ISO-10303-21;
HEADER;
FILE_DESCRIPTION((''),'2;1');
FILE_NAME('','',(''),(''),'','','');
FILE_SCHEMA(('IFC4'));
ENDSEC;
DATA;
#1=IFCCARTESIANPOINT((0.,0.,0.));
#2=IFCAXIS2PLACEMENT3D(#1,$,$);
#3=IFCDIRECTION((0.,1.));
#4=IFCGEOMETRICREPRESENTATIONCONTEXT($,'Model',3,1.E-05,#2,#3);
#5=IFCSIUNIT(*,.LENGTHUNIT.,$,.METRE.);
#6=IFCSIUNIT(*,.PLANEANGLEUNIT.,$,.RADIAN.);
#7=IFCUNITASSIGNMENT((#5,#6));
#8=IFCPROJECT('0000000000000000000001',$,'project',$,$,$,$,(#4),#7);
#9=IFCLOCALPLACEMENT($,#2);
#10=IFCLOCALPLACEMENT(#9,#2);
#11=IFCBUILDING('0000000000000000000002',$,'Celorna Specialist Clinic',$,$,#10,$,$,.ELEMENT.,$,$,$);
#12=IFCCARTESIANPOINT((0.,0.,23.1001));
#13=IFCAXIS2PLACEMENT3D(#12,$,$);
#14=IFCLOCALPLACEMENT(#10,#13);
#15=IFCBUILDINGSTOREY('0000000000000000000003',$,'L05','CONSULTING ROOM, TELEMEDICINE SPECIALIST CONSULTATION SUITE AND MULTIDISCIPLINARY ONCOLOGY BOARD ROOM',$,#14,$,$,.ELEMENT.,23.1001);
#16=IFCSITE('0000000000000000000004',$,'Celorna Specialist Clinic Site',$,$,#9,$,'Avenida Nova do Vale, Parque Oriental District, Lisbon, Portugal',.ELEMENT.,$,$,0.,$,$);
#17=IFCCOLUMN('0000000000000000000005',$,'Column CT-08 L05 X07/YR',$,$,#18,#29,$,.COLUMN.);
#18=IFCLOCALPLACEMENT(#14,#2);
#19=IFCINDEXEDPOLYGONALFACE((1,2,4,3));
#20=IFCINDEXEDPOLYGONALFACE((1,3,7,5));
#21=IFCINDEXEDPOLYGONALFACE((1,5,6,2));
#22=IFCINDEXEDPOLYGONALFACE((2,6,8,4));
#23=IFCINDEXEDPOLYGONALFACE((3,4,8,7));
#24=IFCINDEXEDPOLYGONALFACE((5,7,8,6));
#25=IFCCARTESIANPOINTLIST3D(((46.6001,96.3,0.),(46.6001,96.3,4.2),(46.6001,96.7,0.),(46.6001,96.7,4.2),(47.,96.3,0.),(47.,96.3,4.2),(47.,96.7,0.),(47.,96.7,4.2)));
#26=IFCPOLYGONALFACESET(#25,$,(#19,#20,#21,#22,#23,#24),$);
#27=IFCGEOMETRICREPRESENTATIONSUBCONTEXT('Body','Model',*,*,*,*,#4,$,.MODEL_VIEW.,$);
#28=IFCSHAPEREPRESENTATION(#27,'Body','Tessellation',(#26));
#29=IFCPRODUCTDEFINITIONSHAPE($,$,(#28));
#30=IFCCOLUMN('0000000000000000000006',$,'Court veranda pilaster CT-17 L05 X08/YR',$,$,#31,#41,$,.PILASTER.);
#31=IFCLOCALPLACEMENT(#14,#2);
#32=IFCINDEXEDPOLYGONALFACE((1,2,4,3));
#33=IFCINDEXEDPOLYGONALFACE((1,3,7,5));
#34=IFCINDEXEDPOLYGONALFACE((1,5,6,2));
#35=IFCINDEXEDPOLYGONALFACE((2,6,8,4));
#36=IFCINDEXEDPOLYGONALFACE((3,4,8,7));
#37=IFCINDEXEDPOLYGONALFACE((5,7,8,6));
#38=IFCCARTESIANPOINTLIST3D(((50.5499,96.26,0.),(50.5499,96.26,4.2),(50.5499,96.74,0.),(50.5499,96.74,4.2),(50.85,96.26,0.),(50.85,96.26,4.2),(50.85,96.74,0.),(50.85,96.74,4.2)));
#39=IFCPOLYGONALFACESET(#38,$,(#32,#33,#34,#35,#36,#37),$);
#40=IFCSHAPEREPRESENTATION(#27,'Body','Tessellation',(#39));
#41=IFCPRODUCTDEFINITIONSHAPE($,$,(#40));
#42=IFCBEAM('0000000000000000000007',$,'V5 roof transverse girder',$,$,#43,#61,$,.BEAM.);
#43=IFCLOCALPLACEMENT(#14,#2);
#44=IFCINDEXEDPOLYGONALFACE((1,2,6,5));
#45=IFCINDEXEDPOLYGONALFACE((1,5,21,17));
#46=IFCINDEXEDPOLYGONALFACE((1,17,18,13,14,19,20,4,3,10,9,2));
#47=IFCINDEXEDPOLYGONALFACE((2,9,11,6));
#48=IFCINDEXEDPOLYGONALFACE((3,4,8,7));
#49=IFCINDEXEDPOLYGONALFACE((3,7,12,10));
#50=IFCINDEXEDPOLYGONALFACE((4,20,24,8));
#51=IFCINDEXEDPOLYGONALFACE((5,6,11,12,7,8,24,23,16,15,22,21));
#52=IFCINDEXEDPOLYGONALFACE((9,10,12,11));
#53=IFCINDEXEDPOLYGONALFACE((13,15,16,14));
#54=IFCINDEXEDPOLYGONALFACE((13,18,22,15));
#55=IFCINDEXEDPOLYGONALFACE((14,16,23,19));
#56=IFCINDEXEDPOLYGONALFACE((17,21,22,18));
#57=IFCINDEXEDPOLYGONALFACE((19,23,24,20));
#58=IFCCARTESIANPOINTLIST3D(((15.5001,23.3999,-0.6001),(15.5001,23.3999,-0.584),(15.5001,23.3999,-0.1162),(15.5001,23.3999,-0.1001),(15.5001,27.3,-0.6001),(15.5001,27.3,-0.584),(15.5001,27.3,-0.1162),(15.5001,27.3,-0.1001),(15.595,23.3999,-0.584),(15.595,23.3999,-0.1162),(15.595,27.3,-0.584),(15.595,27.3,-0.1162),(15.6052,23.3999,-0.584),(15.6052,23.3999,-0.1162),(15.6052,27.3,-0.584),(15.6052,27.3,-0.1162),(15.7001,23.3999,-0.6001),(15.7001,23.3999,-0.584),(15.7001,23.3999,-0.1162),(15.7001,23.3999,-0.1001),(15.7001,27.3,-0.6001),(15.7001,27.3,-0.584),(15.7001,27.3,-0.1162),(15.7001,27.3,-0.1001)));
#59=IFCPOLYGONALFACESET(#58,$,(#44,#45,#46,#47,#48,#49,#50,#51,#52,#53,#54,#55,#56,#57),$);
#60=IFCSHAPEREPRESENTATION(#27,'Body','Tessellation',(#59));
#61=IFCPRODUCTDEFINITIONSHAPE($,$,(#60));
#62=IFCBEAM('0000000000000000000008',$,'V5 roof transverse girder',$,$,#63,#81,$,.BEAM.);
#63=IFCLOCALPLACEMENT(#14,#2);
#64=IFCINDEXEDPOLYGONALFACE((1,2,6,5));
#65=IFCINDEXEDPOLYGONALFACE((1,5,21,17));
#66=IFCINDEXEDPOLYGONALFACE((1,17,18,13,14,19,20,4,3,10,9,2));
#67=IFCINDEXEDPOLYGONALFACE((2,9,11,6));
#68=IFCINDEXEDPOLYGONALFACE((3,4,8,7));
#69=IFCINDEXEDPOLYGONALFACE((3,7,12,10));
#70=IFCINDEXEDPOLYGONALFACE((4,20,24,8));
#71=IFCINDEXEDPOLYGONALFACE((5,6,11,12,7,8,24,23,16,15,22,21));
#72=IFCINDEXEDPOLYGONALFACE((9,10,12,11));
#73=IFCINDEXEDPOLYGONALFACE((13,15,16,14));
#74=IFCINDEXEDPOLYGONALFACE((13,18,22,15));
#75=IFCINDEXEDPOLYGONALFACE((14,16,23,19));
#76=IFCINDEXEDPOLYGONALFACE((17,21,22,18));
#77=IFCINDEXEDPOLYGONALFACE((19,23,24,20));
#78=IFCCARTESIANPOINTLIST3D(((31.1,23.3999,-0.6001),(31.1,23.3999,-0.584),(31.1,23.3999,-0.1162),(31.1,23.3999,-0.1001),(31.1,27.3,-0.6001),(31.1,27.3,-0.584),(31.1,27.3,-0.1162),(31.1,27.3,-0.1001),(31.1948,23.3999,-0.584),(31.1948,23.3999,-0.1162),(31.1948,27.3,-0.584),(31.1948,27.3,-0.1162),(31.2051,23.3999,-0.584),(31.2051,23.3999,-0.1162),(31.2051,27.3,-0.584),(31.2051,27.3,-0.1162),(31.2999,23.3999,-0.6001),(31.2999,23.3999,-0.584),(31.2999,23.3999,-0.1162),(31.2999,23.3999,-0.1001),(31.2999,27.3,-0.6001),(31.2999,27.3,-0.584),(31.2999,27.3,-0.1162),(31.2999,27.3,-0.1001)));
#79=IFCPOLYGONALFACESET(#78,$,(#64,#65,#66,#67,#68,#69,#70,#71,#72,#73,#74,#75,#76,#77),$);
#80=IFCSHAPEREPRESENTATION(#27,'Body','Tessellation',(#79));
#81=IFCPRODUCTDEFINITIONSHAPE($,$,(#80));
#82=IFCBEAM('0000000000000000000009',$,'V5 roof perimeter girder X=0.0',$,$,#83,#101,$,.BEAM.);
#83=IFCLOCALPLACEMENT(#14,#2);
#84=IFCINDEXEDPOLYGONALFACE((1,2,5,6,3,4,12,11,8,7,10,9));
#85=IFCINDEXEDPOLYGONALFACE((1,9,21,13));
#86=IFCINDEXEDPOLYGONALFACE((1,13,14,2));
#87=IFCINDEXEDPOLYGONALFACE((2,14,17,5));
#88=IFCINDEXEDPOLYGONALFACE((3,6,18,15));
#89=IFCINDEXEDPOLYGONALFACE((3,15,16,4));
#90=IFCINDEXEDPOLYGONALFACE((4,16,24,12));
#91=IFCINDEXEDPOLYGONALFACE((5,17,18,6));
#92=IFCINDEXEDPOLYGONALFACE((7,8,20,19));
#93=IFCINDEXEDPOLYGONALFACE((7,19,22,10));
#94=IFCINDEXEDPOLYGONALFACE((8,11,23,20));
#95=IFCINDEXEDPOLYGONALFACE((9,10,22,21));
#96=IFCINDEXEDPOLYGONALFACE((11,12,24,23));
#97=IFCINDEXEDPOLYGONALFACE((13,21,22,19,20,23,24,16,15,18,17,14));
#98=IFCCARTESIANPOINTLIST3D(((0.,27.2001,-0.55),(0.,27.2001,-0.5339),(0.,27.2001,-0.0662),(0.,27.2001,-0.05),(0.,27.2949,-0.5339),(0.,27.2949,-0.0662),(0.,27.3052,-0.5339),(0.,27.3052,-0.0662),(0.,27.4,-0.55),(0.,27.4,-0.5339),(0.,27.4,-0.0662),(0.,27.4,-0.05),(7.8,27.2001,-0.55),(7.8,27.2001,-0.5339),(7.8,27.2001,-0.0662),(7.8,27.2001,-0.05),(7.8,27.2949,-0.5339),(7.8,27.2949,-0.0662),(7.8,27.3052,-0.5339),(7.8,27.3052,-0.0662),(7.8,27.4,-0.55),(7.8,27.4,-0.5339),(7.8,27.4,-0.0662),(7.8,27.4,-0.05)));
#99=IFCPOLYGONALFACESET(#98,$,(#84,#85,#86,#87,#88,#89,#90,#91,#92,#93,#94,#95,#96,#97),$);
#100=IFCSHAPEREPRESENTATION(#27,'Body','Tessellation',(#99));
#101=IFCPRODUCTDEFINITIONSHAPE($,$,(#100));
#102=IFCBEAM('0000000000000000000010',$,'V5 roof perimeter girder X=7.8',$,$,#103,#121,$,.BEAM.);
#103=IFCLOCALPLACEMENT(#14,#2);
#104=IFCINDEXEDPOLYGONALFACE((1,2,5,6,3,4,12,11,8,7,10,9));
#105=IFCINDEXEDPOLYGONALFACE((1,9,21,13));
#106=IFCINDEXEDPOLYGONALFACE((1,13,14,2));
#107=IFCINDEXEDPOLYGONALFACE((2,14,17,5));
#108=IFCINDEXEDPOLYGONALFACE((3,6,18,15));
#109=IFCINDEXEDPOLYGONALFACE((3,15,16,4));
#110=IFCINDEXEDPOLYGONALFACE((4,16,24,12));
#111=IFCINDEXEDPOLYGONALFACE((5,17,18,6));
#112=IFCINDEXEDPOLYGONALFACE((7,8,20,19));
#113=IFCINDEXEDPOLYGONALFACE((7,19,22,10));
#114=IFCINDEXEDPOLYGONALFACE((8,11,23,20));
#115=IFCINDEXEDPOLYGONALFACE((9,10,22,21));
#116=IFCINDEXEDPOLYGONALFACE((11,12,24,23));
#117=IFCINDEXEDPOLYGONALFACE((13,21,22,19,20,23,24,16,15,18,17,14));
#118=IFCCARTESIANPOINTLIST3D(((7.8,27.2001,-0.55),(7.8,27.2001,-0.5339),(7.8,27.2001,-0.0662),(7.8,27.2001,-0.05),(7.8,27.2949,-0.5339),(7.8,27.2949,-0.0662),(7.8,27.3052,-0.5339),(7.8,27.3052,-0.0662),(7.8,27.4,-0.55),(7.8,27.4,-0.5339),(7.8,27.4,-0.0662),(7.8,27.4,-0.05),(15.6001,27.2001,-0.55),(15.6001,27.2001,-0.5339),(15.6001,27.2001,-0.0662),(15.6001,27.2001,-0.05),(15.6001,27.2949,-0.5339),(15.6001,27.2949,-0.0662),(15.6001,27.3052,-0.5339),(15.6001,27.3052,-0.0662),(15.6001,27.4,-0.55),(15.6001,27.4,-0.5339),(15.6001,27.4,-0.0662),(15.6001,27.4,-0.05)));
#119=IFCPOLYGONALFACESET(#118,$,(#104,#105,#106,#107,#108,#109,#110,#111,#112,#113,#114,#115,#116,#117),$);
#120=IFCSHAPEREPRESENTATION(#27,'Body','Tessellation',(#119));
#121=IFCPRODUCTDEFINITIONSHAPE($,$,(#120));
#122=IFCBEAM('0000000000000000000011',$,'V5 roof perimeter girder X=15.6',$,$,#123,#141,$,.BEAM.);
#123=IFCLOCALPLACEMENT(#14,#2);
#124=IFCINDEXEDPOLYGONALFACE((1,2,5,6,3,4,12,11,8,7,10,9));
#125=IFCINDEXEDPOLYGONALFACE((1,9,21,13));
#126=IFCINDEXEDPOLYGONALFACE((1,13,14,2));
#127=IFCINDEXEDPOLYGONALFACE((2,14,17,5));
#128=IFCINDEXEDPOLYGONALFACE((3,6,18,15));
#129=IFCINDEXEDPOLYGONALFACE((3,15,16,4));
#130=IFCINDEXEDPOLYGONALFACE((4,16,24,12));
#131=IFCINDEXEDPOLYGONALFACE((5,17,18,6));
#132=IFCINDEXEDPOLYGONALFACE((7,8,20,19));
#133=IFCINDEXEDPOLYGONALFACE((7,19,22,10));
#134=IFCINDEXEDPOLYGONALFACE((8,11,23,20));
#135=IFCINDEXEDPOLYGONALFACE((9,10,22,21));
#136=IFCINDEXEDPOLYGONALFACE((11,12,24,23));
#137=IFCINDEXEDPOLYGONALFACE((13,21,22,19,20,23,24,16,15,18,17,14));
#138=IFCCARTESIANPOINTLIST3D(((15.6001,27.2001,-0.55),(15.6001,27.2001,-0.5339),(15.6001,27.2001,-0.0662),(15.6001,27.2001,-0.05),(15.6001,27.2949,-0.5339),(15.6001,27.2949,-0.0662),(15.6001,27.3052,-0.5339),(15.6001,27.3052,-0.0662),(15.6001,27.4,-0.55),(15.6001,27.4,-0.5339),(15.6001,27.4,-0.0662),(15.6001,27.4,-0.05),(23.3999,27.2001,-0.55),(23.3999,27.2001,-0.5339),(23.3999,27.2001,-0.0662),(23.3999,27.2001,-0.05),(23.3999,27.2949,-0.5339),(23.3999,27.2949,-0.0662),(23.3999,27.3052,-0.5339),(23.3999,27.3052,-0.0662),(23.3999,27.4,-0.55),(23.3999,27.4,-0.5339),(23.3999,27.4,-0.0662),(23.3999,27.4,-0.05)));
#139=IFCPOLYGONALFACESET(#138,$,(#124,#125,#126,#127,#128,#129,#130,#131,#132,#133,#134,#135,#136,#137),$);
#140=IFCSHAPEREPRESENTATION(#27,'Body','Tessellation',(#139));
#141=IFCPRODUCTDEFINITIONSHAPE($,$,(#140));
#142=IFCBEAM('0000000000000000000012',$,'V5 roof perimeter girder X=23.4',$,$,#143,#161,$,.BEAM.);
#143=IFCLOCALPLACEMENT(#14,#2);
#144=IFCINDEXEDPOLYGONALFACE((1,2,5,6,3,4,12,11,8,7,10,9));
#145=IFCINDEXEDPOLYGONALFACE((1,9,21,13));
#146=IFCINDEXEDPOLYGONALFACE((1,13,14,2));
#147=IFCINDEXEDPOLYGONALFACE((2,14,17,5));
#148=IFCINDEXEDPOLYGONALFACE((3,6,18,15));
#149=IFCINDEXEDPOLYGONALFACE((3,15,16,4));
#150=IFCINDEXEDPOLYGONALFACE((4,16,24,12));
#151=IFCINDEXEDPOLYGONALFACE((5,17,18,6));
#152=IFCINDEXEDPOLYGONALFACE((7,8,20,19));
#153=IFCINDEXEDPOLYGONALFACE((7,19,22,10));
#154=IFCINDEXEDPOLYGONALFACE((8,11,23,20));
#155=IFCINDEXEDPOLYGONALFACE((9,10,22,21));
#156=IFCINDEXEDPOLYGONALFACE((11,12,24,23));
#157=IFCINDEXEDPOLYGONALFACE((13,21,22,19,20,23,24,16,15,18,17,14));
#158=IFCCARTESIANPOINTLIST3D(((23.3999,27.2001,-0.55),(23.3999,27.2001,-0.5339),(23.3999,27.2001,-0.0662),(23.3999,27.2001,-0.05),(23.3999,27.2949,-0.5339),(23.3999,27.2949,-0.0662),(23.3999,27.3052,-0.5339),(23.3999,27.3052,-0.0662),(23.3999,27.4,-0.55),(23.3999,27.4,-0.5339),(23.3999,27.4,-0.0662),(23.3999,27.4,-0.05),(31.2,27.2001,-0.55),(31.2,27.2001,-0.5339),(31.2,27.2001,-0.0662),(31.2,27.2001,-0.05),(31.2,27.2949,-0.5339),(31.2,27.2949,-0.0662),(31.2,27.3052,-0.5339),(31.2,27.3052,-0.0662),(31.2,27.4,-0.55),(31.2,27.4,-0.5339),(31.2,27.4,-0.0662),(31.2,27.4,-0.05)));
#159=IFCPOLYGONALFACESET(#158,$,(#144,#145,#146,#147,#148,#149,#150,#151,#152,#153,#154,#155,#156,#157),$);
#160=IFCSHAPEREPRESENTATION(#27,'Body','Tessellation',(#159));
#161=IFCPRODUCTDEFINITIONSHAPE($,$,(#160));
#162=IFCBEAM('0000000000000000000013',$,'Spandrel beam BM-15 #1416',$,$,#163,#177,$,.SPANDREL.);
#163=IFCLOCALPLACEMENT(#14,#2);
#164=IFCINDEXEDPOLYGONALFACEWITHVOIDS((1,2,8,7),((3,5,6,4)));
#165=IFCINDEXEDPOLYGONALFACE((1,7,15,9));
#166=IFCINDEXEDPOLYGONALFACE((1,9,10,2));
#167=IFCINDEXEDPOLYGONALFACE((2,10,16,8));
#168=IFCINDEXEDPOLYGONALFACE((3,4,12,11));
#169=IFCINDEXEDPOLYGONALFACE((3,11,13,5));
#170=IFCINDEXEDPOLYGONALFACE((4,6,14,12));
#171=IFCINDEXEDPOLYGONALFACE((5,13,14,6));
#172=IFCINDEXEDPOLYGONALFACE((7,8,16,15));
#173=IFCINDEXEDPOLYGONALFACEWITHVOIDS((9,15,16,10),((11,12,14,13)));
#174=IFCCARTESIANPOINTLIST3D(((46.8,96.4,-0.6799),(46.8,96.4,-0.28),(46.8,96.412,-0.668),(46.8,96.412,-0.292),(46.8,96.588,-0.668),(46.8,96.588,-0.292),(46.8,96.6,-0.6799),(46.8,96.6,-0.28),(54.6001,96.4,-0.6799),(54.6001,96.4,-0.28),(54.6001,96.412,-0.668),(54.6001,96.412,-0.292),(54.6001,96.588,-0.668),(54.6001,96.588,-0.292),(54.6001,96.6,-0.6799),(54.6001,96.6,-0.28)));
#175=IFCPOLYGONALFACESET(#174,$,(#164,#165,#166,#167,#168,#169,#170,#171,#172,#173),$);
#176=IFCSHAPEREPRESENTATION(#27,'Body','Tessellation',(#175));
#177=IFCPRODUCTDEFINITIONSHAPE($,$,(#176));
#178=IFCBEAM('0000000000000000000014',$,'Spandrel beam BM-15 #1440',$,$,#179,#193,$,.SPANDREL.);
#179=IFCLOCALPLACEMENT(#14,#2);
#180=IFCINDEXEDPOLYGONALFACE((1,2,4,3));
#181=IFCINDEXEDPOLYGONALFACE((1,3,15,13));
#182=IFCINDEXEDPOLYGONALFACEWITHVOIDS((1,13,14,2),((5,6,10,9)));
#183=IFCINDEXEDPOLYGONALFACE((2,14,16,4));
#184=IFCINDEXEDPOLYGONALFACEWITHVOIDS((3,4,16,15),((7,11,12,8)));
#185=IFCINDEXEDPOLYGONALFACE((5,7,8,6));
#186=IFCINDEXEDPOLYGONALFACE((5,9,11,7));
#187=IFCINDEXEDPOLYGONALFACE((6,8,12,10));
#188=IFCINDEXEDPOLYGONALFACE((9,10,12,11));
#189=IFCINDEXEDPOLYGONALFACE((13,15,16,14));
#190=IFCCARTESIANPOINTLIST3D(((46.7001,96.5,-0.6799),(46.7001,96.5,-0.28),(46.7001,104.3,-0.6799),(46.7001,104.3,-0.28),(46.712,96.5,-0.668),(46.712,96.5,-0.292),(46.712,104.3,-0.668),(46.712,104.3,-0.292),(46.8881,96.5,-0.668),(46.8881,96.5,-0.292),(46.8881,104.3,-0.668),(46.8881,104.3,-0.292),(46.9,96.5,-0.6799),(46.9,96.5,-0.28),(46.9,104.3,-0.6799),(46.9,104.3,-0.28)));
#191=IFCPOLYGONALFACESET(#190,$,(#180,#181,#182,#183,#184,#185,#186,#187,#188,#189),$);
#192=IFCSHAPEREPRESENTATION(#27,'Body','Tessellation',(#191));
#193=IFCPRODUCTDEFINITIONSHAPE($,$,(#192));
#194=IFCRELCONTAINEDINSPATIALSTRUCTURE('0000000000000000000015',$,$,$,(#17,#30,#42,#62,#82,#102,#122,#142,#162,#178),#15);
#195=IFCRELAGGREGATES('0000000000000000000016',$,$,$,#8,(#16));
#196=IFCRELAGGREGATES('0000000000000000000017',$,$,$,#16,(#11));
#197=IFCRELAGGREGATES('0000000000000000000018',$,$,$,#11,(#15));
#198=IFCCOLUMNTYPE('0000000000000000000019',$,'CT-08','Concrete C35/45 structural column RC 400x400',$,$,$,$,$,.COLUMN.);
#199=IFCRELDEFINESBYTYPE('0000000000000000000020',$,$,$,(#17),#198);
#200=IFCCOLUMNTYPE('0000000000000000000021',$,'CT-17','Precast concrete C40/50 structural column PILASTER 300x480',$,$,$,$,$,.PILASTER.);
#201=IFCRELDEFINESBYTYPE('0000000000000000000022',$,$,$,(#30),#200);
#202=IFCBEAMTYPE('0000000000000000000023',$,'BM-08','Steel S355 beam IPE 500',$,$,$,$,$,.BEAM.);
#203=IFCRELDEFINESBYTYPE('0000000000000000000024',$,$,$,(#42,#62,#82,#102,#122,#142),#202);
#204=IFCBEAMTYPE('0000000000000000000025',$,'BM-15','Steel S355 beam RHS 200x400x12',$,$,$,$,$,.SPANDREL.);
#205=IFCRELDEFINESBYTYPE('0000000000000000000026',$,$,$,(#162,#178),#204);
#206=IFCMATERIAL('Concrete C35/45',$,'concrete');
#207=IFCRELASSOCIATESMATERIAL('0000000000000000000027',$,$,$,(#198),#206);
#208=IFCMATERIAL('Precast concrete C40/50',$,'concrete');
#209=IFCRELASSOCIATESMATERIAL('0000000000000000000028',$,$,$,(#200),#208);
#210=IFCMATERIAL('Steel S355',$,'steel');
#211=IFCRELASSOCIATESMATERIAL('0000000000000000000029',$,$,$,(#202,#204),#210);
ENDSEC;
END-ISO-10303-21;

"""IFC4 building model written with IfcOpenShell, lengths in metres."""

from ifc_helpers import new_model, si_unit, direction, frame, origin, origin_2d, place, context, subcontext, project, spatial, rectangle, hollow_rectangle, i_section, extrude, material, material_profile, profile_set, type_object, element, save


model = new_model("IFC4")

# Units and contexts
model_context = context("Model", 3, precision=1e-05, world=origin(), true_north=direction((0.0, 1.0)))
body_context = subcontext(model_context, "Body", "Model", "MODEL_VIEW")
ifc_project = project(units=[si_unit("LENGTHUNIT", "METRE"), si_unit("PLANEANGLEUNIT", "RADIAN")], contexts=[model_context])

# Site, building, storey
site_placement = place(None, origin())
site = spatial("IfcSite", under=ifc_project, at=site_placement, Name="Celorna Specialist Clinic Site", LongName="Avenida Nova do Vale, Parque Oriental District, Lisbon, Portugal", CompositionType="ELEMENT", RefElevation=0.0)
building_placement = place(site_placement, origin())
building = spatial("IfcBuilding", under=site, at=building_placement, Name="Celorna Specialist Clinic", CompositionType="ELEMENT")
storey_placement = place(building_placement, frame((0.0, 0.0, 23.1001)))
storey = spatial("IfcBuildingStorey", under=building, at=storey_placement, Name="L05", Description="CONSULTING ROOM, TELEMEDICINE SPECIALIST CONSULTATION SUITE AND MULTIDISCIPLINARY ONCOLOGY BOARD ROOM", CompositionType="ELEMENT", Elevation=23.1001)

# Columns
ifc_material_1 = material(Name="Concrete C35/45", Category="concrete")
ifc_material_profile_1 = material_profile(ifc_material_1, rectangle(XDim=0.3999, YDim=0.3999, at=origin_2d()), Name="RC 400x400")
ifc_profile_set_1 = profile_set([ifc_material_profile_1], Name="Concrete C35/45")
column_type_1 = type_object("IfcColumnType", Name="CT-08", Description="Concrete C35/45 structural column RC 400x400", PredefinedType="COLUMN", material=ifc_profile_set_1)
column_1_placement = place(storey_placement, frame((46.8, 96.5, 0.0), z_axis=(0.0, 0.0, 1.0), x_axis=(1.0, 0.0, 0.0)))
element("IfcColumn", 1, at=column_1_placement, inside=storey, type_object=column_type_1, Name="Column CT-08 L05 X07/YR", PredefinedType="COLUMN", context=body_context, shape_type="SweptSolid", body=[
    extrude(rectangle(XDim=0.3999, YDim=0.3999, at=origin_2d()), origin(), (0.0, 0.0, 1.0), 4.2),
])
ifc_material_2 = material(Name="Precast concrete C40/50", Category="concrete")
ifc_material_profile_2 = material_profile(ifc_material_2, rectangle(XDim=0.3, YDim=0.48, at=origin_2d()), Name="PILASTER 300x480")
ifc_profile_set_2 = profile_set([ifc_material_profile_2], Name="Precast concrete C40/50")
column_type_2 = type_object("IfcColumnType", Name="CT-17", Description="Precast concrete C40/50 structural column PILASTER 300x480", PredefinedType="PILASTER", material=ifc_profile_set_2)
column_2_placement = place(storey_placement, frame((50.7, 96.5, 0.0), z_axis=(0.0, 0.0, 1.0), x_axis=(1.0, 0.0, 0.0)))
element("IfcColumn", 2, at=column_2_placement, inside=storey, type_object=column_type_2, Name="Court veranda pilaster CT-17 L05 X08/YR", PredefinedType="PILASTER", context=body_context, shape_type="SweptSolid", body=[
    extrude(rectangle(XDim=0.3, YDim=0.48, at=origin_2d()), origin(), (0.0, 0.0, 1.0), 4.2),
])

# Beams
ifc_material_3 = material(Name="Steel S355", Category="steel")
ifc_material_profile_3 = material_profile(ifc_material_3, i_section(OverallWidth=0.2, OverallDepth=0.5, WebThickness=0.0103, FlangeThickness=0.0161, at=origin_2d()), Name="IPE 500")
ifc_profile_set_3 = profile_set([ifc_material_profile_3], Name="Steel S355")
beam_type_1 = type_object("IfcBeamType", Name="BM-08", Description="Steel S355 beam IPE 500", PredefinedType="BEAM", material=ifc_profile_set_3)
for number, where, z_axis, x_axis, name in (
    (3, (15.6001, 23.3999, -0.3501), (0.0, 1.0, 0.0), (-1.0, 0.0, 0.0), "V5 roof transverse girder"),
    (4, (31.2, 23.3999, -0.3501), (0.0, 1.0, 0.0), (-1.0, 0.0, 0.0), "V5 roof transverse girder"),
):
    element("IfcBeam", number, at=place(storey_placement, frame(where, z_axis=z_axis, x_axis=x_axis)), inside=storey, type_object=beam_type_1, Name=name, PredefinedType="BEAM", context=body_context, shape_type="SweptSolid", body=[
        extrude(i_section(OverallWidth=0.2, OverallDepth=0.5, WebThickness=0.0103, FlangeThickness=0.0161, at=origin_2d()), origin(), (0.0, 0.0, 1.0), 3.9001),
    ])
for number, where, z_axis, x_axis, name in (
    (5, (0.0, 27.3, -0.3), (1.0, 0.0, 0.0), (0.0, 1.0, 0.0), "V5 roof perimeter girder X=0.0"),
    (6, (7.8, 27.3, -0.3), (1.0, 0.0, 0.0), (0.0, 1.0, 0.0), "V5 roof perimeter girder X=7.8"),
):
    element("IfcBeam", number, at=place(storey_placement, frame(where, z_axis=z_axis, x_axis=x_axis)), inside=storey, type_object=beam_type_1, Name=name, PredefinedType="BEAM", context=body_context, shape_type="SweptSolid", body=[
        extrude(i_section(OverallWidth=0.2, OverallDepth=0.5, WebThickness=0.0103, FlangeThickness=0.0161, at=origin_2d()), origin(), (0.0, 0.0, 1.0), 7.8),
    ])
beam_1_placement = place(storey_placement, frame((15.6001, 27.3, -0.3), z_axis=(1.0, 0.0, 0.0), x_axis=(0.0, 1.0, 0.0)))
element("IfcBeam", 7, at=beam_1_placement, inside=storey, type_object=beam_type_1, Name="V5 roof perimeter girder X=15.6", PredefinedType="BEAM", context=body_context, shape_type="SweptSolid", body=[
    extrude(i_section(OverallWidth=0.2, OverallDepth=0.5, WebThickness=0.0103, FlangeThickness=0.0161, at=origin_2d()), origin(), (0.0, 0.0, 1.0), 7.7998),
])
beam_2_placement = place(storey_placement, frame((23.3999, 27.3, -0.3), z_axis=(1.0, 0.0, 0.0), x_axis=(0.0, 1.0, 0.0)))
element("IfcBeam", 8, at=beam_2_placement, inside=storey, type_object=beam_type_1, Name="V5 roof perimeter girder X=23.4", PredefinedType="BEAM", context=body_context, shape_type="SweptSolid", body=[
    extrude(i_section(OverallWidth=0.2, OverallDepth=0.5, WebThickness=0.0103, FlangeThickness=0.0161, at=origin_2d()), origin(), (0.0, 0.0, 1.0), 7.8),
])
ifc_material_profile_4 = material_profile(ifc_material_3, hollow_rectangle(XDim=0.2, YDim=0.3999, WallThickness=0.012, at=origin_2d()), Name="RHS 200x400x12")
ifc_profile_set_4 = profile_set([ifc_material_profile_4], Name="Steel S355")
beam_type_2 = type_object("IfcBeamType", Name="BM-15", Description="Steel S355 beam RHS 200x400x12", PredefinedType="SPANDREL", material=ifc_profile_set_4)
for number, where, z_axis, x_axis, name in (
    (9, (46.8, 96.5, -0.48), (1.0, 0.0, 0.0), (0.0, 1.0, 0.0), "Spandrel beam BM-15 #1416"),
    (10, (46.8, 96.5, -0.48), (0.0, 1.0, 0.0), (-1.0, 0.0, 0.0), "Spandrel beam BM-15 #1440"),
):
    element("IfcBeam", number, at=place(storey_placement, frame(where, z_axis=z_axis, x_axis=x_axis)), inside=storey, type_object=beam_type_2, Name=name, PredefinedType="SPANDREL", context=body_context, shape_type="SweptSolid", body=[
        extrude(hollow_rectangle(XDim=0.2, YDim=0.3999, WallThickness=0.012, at=origin_2d()), origin(), (0.0, 0.0, 1.0), 7.8),
    ])

save(model, "model.ifc")
